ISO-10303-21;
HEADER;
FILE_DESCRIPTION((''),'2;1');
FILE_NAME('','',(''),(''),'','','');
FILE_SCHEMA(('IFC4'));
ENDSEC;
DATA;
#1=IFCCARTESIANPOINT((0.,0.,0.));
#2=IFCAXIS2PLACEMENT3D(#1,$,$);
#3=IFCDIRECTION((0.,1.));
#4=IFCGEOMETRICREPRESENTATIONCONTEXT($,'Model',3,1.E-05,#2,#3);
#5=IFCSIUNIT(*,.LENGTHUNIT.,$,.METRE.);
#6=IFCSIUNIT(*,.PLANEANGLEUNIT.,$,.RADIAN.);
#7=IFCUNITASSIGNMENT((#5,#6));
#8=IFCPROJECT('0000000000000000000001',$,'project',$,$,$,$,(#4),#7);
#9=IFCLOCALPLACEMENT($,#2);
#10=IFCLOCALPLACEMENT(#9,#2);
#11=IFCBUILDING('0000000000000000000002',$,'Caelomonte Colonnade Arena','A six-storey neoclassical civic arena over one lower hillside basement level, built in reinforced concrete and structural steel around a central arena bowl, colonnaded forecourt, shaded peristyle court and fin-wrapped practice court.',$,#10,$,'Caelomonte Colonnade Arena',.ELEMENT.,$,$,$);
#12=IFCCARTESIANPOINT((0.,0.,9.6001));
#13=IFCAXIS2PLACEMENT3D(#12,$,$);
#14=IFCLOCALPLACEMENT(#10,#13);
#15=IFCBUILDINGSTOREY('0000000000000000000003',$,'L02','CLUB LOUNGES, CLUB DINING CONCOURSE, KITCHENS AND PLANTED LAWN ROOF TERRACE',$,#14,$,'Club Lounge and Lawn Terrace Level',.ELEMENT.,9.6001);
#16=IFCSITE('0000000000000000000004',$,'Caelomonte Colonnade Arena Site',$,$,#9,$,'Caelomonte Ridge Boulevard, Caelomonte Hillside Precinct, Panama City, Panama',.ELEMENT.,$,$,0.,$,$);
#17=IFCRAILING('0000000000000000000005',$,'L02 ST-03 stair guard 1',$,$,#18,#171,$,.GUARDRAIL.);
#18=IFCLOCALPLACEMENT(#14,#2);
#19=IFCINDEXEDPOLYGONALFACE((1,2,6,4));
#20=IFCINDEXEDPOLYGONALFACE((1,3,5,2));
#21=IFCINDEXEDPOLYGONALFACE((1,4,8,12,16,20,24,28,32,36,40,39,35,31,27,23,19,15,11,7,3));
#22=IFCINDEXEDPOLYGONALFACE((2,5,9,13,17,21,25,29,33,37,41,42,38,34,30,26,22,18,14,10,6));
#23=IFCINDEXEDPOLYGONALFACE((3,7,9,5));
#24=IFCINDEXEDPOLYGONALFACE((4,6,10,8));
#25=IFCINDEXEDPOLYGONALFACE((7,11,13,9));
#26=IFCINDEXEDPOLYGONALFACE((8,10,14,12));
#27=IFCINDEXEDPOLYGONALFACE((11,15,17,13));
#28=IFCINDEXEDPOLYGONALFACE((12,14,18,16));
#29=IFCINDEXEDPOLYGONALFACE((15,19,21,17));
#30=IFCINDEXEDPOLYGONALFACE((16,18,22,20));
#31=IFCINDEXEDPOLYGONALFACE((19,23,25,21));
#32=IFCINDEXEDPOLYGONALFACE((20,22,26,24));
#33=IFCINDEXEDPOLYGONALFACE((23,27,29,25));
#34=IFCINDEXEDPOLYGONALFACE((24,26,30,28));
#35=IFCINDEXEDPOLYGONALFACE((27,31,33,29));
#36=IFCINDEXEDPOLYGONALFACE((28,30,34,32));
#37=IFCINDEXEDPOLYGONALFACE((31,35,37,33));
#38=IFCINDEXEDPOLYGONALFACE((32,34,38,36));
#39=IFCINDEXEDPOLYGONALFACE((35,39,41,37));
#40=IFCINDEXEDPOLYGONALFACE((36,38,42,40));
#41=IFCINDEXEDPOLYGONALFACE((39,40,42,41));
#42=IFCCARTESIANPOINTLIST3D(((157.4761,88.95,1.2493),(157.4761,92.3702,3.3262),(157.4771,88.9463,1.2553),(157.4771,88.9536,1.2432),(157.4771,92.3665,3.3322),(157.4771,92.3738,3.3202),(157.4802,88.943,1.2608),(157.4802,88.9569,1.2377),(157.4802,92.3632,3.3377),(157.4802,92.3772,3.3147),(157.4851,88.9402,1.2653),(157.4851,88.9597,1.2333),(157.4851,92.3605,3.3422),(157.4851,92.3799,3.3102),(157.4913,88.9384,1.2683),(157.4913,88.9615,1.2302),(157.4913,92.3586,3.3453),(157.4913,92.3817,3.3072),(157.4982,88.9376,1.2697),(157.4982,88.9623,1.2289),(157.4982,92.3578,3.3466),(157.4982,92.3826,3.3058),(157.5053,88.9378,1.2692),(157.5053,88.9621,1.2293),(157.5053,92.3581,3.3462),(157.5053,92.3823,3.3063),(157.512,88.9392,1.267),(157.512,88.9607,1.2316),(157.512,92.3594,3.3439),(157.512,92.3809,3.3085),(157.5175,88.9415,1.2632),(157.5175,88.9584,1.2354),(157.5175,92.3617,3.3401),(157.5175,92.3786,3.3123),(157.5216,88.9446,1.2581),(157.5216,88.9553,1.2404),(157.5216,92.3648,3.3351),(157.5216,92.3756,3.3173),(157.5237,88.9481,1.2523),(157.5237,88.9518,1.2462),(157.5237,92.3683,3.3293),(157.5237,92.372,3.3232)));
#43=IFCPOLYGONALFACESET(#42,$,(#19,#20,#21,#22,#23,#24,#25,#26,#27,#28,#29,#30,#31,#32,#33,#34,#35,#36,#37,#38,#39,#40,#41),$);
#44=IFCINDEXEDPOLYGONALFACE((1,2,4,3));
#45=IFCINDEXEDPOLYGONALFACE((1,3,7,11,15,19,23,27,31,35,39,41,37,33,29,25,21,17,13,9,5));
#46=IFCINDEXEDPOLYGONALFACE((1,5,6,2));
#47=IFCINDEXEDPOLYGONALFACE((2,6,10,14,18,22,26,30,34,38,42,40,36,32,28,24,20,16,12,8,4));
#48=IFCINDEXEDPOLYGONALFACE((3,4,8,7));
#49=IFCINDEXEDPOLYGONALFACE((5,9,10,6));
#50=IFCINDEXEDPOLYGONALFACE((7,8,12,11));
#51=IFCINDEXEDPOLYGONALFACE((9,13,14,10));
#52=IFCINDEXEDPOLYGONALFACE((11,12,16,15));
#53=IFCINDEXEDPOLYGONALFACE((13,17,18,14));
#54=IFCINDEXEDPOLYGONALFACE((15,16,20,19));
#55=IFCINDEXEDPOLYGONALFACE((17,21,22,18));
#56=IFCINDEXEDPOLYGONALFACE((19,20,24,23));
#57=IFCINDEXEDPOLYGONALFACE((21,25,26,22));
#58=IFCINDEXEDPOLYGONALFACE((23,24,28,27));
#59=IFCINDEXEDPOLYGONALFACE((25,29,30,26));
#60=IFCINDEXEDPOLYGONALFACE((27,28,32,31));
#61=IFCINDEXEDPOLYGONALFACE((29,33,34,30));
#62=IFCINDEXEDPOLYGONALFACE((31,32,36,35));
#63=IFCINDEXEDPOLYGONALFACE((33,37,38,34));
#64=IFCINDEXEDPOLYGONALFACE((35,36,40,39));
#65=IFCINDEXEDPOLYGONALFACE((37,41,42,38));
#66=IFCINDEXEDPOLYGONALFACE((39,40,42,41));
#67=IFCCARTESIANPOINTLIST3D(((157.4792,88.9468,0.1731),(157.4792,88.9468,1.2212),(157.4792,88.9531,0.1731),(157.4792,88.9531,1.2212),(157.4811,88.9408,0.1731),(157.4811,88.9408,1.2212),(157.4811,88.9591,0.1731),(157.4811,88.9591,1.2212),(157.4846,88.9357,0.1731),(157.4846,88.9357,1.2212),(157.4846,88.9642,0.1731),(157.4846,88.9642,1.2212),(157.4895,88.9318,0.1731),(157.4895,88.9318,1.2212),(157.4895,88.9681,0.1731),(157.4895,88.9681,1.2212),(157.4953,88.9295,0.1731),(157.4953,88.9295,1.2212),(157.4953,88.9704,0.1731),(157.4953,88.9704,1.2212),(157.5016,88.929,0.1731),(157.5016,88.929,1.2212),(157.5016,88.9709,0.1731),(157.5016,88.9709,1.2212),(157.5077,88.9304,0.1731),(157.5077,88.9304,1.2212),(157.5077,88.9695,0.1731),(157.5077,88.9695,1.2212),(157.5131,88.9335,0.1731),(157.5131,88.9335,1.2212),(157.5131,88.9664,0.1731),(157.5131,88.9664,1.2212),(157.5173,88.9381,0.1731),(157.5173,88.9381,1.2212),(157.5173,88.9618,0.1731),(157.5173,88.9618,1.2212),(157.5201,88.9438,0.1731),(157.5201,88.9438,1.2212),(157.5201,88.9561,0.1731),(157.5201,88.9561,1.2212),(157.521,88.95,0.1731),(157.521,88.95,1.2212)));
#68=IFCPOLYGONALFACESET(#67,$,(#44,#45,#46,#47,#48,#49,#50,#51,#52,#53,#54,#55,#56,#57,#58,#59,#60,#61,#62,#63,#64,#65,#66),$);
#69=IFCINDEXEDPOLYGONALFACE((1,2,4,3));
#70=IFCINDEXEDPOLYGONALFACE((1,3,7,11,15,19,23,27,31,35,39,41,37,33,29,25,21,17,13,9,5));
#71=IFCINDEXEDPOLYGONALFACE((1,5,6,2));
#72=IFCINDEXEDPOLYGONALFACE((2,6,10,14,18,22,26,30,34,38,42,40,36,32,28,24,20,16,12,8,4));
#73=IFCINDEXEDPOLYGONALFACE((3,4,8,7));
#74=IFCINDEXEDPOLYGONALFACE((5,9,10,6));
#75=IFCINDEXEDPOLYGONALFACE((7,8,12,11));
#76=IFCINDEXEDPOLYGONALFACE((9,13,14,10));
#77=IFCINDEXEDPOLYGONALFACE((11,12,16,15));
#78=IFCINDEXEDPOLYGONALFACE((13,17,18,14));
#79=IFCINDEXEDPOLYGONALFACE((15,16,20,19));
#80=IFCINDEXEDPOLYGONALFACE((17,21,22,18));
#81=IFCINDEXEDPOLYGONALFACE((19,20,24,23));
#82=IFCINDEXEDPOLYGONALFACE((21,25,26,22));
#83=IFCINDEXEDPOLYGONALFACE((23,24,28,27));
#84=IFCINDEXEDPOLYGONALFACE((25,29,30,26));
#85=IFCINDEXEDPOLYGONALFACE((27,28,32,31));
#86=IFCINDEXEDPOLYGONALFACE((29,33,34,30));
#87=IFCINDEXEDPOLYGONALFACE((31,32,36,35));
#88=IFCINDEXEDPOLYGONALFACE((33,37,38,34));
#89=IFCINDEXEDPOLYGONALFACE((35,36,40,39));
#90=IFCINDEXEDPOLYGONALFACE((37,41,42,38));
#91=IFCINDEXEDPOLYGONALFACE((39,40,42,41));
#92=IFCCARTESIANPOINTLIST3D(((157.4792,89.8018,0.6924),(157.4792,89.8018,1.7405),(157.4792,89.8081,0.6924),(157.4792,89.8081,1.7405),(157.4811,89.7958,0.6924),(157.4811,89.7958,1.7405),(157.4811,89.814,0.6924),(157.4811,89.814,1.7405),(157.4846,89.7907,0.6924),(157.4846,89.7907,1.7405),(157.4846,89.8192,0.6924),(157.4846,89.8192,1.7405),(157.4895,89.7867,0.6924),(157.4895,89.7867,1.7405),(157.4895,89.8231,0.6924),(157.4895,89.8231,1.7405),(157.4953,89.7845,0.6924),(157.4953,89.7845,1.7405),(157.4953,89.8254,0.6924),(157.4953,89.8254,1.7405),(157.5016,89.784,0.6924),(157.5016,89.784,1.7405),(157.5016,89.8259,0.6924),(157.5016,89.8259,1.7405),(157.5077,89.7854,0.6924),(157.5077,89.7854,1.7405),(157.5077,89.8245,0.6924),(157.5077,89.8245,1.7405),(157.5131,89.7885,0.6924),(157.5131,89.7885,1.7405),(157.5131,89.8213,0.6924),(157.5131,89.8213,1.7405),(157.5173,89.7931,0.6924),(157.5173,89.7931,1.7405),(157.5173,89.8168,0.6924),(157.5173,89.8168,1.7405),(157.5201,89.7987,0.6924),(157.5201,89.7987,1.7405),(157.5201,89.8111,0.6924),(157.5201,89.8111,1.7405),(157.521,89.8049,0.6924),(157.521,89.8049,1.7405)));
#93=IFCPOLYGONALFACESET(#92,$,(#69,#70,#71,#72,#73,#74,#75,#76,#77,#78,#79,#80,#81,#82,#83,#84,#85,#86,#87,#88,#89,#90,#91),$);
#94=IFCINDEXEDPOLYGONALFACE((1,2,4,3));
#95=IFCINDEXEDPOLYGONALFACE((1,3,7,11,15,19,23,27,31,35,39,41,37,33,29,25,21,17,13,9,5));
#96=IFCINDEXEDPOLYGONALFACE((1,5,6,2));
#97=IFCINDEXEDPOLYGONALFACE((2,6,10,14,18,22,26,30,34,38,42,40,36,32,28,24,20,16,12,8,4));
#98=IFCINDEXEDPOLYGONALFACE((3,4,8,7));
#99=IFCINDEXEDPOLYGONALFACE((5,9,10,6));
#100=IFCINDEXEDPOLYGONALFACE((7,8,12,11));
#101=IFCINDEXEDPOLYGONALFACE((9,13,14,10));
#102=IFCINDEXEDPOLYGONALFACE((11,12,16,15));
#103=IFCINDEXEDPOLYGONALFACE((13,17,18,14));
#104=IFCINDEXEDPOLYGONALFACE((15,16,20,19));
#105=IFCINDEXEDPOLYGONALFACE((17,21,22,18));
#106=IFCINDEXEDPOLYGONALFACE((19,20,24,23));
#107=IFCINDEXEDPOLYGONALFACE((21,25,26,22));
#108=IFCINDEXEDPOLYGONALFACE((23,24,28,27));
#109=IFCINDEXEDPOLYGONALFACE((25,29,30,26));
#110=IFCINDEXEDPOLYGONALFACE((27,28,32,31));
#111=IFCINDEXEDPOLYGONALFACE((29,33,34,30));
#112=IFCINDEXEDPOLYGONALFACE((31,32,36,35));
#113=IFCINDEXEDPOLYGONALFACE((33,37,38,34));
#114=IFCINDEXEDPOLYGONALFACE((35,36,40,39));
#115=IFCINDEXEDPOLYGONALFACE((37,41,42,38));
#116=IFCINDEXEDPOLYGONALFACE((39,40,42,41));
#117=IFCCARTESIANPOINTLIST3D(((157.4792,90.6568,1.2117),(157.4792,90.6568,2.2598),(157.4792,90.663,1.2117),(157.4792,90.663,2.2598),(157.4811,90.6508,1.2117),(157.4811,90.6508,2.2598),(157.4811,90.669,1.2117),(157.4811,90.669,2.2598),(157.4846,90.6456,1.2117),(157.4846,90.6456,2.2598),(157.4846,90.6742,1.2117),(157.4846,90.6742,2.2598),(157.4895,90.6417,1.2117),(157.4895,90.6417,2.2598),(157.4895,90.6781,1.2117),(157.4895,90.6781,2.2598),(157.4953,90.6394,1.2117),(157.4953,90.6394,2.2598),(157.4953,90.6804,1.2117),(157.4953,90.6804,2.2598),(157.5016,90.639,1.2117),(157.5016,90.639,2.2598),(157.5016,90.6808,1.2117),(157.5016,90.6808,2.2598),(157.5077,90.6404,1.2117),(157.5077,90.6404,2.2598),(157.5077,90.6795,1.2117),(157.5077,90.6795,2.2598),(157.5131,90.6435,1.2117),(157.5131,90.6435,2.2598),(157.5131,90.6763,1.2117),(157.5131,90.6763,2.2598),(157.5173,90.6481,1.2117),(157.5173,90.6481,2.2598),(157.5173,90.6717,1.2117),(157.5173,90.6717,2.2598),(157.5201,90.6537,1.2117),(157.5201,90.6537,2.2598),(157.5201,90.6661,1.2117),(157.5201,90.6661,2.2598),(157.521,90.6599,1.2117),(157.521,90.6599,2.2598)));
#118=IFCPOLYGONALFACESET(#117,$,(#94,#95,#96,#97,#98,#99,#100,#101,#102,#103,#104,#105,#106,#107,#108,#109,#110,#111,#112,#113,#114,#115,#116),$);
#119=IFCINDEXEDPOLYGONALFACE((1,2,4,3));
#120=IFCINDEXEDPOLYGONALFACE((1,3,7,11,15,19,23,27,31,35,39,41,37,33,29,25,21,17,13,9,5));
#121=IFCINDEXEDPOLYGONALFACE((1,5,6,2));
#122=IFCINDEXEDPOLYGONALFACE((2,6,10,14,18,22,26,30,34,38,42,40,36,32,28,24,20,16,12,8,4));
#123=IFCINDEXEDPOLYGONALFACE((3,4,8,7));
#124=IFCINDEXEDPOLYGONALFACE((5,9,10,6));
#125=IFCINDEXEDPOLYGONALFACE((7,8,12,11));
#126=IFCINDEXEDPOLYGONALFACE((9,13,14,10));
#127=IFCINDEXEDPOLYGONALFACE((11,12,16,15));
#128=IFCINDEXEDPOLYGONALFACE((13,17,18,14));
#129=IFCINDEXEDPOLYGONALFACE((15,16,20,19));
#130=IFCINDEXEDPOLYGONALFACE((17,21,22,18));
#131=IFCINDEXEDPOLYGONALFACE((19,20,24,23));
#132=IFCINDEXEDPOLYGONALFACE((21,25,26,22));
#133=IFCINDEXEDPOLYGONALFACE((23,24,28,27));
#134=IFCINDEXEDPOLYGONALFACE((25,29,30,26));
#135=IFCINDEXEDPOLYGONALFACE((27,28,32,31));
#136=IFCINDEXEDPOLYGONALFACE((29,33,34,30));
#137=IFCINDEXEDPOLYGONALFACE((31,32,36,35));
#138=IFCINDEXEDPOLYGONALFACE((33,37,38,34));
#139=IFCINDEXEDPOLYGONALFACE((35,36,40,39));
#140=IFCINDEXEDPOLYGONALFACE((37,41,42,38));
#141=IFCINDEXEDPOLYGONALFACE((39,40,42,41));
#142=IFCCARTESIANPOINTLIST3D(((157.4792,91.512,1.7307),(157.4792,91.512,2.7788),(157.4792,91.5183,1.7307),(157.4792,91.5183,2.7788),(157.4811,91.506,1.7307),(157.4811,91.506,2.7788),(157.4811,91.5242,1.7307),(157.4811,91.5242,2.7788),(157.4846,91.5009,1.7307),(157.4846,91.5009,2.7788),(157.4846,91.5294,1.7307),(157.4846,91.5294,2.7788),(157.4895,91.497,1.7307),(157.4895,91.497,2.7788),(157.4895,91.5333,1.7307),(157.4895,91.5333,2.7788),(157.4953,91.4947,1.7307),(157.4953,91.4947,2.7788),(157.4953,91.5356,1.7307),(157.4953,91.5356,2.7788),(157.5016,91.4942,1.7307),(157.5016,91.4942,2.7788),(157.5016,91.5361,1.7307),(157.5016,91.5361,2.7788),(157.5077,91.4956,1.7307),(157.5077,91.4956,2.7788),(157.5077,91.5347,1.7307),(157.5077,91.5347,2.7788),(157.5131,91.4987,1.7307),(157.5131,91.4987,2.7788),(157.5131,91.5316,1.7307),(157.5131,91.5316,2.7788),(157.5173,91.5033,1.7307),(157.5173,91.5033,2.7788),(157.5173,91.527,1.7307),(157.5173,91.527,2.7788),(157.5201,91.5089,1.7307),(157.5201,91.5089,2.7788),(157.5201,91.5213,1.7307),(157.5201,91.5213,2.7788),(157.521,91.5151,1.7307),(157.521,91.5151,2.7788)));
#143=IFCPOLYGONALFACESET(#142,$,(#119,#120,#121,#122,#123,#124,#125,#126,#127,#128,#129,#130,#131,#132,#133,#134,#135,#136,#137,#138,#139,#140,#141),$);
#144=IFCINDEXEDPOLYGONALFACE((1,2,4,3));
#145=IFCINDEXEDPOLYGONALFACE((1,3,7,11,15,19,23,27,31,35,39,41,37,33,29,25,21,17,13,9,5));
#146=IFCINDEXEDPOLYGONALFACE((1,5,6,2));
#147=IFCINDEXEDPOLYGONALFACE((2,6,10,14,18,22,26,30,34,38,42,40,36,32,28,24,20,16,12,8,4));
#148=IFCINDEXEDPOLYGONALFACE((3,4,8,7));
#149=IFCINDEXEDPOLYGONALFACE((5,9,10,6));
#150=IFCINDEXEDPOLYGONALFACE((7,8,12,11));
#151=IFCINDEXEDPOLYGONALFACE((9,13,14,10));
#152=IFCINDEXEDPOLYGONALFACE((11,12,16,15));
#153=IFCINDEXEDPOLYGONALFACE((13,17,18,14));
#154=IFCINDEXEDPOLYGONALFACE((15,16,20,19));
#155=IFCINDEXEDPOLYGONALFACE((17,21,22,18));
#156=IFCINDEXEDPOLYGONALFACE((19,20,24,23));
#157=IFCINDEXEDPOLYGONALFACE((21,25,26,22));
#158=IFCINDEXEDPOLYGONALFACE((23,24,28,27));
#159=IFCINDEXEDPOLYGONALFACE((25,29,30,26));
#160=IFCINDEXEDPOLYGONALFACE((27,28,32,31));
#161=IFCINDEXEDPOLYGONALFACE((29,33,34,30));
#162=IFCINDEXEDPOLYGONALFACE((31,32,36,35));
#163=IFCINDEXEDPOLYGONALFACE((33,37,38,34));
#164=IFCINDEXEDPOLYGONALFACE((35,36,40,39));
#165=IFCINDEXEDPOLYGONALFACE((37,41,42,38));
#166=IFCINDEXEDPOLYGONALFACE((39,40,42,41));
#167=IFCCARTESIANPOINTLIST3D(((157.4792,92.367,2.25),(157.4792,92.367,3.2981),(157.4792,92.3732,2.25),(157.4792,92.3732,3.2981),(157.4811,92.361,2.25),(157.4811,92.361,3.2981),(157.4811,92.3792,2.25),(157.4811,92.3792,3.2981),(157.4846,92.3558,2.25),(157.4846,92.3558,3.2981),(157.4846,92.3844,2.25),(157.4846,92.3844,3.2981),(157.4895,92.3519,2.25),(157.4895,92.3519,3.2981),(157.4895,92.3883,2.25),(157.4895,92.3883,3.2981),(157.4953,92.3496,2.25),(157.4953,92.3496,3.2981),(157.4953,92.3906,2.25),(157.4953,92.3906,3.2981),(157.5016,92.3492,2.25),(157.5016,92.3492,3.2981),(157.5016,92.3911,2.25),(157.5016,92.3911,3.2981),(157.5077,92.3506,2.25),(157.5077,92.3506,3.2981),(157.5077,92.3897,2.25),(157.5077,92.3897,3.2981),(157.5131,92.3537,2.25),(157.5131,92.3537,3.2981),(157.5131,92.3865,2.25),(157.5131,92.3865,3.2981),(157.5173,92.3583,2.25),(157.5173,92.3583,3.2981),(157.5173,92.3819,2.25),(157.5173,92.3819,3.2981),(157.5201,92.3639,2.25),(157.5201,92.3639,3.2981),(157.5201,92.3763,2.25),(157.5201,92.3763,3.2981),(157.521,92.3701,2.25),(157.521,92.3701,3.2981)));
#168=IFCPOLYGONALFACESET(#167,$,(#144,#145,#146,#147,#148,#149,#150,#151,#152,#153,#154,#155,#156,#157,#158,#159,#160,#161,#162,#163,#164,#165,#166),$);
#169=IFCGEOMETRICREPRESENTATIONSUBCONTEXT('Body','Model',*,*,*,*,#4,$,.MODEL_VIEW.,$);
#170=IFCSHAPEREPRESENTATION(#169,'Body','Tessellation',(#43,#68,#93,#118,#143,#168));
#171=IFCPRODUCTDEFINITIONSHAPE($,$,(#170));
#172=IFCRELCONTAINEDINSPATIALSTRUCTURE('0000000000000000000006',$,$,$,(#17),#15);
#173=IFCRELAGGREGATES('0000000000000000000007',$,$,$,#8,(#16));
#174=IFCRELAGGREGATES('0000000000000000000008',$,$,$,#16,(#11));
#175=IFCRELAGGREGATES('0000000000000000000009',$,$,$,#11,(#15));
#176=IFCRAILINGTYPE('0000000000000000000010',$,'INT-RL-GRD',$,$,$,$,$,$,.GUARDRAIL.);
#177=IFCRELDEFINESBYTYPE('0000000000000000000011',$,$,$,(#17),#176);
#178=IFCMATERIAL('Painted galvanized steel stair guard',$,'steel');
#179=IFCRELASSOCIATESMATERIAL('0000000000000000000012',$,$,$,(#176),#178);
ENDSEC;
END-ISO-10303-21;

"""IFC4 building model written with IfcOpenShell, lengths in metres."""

from ifc_helpers import new_model, si_unit, direction, frame, origin, origin_2d, place, context, subcontext, project, spatial, circle, extrude, material, type_object, element, save


model = new_model("IFC4")

# Units and contexts
model_context = context("Model", 3, precision=1e-05, world=origin(), true_north=direction((0.0, 1.0)))
body_context = subcontext(model_context, "Body", "Model", "MODEL_VIEW")
ifc_project = project(units=[si_unit("LENGTHUNIT", "METRE"), si_unit("PLANEANGLEUNIT", "RADIAN")], contexts=[model_context])

# Site, building, storey
site_placement = place(None, origin())
site = spatial("IfcSite", under=ifc_project, at=site_placement, Name="Caelomonte Colonnade Arena Site", LongName="Caelomonte Ridge Boulevard, Caelomonte Hillside Precinct, Panama City, Panama", CompositionType="ELEMENT", RefElevation=0.0)
building_placement = place(site_placement, origin())
building = spatial("IfcBuilding", under=site, at=building_placement, Name="Caelomonte Colonnade Arena", Description="A six-storey neoclassical civic arena over one lower hillside basement level, built in reinforced concrete and structural steel around a central arena bowl, colonnaded forecourt, shaded peristyle court and fin-wrapped practice court.", LongName="Caelomonte Colonnade Arena", CompositionType="ELEMENT")
storey_placement = place(building_placement, frame((0.0, 0.0, 9.6001)))
storey = spatial("IfcBuildingStorey", under=building, at=storey_placement, Name="L02", Description="CLUB LOUNGES, CLUB DINING CONCOURSE, KITCHENS AND PLANTED LAWN ROOF TERRACE", LongName="Club Lounge and Lawn Terrace Level", CompositionType="ELEMENT", Elevation=9.6001)

# Railing
ifc_material_1 = material(Name="Painted galvanized steel stair guard", Category="steel")
railing_type_1 = type_object("IfcRailingType", Name="INT-RL-GRD", PredefinedType="GUARDRAIL", material=ifc_material_1)
railing_1_placement = place(storey_placement, frame((157.5, 88.95, 0.1731)))
element("IfcRailing", 1, at=railing_1_placement, inside=storey, type_object=railing_type_1, Name="L02 ST-03 stair guard 1", PredefinedType="GUARDRAIL", context=body_context, shape_type="SweptSolid", body=[
    extrude(circle(Radius=0.0239, at=origin_2d()), frame((0.0, 0.0, 1.0762), z_axis=(0.0, 0.854746, 0.519047), x_axis=(-1.0, 0.0, 0.0)), (0.0, 0.0, 1.0), 4.0015),
    extrude(circle(Radius=0.021, at=origin_2d()), origin(), (0.0, 0.0, 1.0), 1.0481),
    extrude(circle(Radius=0.021, at=origin_2d()), frame((0.0, 0.855, 0.5193)), (0.0, 0.0, 1.0), 1.0481),
    extrude(circle(Radius=0.021, at=origin_2d()), frame((0.0, 1.71, 1.0386)), (0.0, 0.0, 1.0), 1.0481),
    extrude(circle(Radius=0.021, at=origin_2d()), frame((0.0, 2.5652, 1.5576)), (0.0, 0.0, 1.0), 1.0481),
    extrude(circle(Radius=0.021, at=origin_2d()), frame((0.0, 3.4202, 2.0769)), (0.0, 0.0, 1.0), 1.0481),
])

save(model, "model.ifc")
